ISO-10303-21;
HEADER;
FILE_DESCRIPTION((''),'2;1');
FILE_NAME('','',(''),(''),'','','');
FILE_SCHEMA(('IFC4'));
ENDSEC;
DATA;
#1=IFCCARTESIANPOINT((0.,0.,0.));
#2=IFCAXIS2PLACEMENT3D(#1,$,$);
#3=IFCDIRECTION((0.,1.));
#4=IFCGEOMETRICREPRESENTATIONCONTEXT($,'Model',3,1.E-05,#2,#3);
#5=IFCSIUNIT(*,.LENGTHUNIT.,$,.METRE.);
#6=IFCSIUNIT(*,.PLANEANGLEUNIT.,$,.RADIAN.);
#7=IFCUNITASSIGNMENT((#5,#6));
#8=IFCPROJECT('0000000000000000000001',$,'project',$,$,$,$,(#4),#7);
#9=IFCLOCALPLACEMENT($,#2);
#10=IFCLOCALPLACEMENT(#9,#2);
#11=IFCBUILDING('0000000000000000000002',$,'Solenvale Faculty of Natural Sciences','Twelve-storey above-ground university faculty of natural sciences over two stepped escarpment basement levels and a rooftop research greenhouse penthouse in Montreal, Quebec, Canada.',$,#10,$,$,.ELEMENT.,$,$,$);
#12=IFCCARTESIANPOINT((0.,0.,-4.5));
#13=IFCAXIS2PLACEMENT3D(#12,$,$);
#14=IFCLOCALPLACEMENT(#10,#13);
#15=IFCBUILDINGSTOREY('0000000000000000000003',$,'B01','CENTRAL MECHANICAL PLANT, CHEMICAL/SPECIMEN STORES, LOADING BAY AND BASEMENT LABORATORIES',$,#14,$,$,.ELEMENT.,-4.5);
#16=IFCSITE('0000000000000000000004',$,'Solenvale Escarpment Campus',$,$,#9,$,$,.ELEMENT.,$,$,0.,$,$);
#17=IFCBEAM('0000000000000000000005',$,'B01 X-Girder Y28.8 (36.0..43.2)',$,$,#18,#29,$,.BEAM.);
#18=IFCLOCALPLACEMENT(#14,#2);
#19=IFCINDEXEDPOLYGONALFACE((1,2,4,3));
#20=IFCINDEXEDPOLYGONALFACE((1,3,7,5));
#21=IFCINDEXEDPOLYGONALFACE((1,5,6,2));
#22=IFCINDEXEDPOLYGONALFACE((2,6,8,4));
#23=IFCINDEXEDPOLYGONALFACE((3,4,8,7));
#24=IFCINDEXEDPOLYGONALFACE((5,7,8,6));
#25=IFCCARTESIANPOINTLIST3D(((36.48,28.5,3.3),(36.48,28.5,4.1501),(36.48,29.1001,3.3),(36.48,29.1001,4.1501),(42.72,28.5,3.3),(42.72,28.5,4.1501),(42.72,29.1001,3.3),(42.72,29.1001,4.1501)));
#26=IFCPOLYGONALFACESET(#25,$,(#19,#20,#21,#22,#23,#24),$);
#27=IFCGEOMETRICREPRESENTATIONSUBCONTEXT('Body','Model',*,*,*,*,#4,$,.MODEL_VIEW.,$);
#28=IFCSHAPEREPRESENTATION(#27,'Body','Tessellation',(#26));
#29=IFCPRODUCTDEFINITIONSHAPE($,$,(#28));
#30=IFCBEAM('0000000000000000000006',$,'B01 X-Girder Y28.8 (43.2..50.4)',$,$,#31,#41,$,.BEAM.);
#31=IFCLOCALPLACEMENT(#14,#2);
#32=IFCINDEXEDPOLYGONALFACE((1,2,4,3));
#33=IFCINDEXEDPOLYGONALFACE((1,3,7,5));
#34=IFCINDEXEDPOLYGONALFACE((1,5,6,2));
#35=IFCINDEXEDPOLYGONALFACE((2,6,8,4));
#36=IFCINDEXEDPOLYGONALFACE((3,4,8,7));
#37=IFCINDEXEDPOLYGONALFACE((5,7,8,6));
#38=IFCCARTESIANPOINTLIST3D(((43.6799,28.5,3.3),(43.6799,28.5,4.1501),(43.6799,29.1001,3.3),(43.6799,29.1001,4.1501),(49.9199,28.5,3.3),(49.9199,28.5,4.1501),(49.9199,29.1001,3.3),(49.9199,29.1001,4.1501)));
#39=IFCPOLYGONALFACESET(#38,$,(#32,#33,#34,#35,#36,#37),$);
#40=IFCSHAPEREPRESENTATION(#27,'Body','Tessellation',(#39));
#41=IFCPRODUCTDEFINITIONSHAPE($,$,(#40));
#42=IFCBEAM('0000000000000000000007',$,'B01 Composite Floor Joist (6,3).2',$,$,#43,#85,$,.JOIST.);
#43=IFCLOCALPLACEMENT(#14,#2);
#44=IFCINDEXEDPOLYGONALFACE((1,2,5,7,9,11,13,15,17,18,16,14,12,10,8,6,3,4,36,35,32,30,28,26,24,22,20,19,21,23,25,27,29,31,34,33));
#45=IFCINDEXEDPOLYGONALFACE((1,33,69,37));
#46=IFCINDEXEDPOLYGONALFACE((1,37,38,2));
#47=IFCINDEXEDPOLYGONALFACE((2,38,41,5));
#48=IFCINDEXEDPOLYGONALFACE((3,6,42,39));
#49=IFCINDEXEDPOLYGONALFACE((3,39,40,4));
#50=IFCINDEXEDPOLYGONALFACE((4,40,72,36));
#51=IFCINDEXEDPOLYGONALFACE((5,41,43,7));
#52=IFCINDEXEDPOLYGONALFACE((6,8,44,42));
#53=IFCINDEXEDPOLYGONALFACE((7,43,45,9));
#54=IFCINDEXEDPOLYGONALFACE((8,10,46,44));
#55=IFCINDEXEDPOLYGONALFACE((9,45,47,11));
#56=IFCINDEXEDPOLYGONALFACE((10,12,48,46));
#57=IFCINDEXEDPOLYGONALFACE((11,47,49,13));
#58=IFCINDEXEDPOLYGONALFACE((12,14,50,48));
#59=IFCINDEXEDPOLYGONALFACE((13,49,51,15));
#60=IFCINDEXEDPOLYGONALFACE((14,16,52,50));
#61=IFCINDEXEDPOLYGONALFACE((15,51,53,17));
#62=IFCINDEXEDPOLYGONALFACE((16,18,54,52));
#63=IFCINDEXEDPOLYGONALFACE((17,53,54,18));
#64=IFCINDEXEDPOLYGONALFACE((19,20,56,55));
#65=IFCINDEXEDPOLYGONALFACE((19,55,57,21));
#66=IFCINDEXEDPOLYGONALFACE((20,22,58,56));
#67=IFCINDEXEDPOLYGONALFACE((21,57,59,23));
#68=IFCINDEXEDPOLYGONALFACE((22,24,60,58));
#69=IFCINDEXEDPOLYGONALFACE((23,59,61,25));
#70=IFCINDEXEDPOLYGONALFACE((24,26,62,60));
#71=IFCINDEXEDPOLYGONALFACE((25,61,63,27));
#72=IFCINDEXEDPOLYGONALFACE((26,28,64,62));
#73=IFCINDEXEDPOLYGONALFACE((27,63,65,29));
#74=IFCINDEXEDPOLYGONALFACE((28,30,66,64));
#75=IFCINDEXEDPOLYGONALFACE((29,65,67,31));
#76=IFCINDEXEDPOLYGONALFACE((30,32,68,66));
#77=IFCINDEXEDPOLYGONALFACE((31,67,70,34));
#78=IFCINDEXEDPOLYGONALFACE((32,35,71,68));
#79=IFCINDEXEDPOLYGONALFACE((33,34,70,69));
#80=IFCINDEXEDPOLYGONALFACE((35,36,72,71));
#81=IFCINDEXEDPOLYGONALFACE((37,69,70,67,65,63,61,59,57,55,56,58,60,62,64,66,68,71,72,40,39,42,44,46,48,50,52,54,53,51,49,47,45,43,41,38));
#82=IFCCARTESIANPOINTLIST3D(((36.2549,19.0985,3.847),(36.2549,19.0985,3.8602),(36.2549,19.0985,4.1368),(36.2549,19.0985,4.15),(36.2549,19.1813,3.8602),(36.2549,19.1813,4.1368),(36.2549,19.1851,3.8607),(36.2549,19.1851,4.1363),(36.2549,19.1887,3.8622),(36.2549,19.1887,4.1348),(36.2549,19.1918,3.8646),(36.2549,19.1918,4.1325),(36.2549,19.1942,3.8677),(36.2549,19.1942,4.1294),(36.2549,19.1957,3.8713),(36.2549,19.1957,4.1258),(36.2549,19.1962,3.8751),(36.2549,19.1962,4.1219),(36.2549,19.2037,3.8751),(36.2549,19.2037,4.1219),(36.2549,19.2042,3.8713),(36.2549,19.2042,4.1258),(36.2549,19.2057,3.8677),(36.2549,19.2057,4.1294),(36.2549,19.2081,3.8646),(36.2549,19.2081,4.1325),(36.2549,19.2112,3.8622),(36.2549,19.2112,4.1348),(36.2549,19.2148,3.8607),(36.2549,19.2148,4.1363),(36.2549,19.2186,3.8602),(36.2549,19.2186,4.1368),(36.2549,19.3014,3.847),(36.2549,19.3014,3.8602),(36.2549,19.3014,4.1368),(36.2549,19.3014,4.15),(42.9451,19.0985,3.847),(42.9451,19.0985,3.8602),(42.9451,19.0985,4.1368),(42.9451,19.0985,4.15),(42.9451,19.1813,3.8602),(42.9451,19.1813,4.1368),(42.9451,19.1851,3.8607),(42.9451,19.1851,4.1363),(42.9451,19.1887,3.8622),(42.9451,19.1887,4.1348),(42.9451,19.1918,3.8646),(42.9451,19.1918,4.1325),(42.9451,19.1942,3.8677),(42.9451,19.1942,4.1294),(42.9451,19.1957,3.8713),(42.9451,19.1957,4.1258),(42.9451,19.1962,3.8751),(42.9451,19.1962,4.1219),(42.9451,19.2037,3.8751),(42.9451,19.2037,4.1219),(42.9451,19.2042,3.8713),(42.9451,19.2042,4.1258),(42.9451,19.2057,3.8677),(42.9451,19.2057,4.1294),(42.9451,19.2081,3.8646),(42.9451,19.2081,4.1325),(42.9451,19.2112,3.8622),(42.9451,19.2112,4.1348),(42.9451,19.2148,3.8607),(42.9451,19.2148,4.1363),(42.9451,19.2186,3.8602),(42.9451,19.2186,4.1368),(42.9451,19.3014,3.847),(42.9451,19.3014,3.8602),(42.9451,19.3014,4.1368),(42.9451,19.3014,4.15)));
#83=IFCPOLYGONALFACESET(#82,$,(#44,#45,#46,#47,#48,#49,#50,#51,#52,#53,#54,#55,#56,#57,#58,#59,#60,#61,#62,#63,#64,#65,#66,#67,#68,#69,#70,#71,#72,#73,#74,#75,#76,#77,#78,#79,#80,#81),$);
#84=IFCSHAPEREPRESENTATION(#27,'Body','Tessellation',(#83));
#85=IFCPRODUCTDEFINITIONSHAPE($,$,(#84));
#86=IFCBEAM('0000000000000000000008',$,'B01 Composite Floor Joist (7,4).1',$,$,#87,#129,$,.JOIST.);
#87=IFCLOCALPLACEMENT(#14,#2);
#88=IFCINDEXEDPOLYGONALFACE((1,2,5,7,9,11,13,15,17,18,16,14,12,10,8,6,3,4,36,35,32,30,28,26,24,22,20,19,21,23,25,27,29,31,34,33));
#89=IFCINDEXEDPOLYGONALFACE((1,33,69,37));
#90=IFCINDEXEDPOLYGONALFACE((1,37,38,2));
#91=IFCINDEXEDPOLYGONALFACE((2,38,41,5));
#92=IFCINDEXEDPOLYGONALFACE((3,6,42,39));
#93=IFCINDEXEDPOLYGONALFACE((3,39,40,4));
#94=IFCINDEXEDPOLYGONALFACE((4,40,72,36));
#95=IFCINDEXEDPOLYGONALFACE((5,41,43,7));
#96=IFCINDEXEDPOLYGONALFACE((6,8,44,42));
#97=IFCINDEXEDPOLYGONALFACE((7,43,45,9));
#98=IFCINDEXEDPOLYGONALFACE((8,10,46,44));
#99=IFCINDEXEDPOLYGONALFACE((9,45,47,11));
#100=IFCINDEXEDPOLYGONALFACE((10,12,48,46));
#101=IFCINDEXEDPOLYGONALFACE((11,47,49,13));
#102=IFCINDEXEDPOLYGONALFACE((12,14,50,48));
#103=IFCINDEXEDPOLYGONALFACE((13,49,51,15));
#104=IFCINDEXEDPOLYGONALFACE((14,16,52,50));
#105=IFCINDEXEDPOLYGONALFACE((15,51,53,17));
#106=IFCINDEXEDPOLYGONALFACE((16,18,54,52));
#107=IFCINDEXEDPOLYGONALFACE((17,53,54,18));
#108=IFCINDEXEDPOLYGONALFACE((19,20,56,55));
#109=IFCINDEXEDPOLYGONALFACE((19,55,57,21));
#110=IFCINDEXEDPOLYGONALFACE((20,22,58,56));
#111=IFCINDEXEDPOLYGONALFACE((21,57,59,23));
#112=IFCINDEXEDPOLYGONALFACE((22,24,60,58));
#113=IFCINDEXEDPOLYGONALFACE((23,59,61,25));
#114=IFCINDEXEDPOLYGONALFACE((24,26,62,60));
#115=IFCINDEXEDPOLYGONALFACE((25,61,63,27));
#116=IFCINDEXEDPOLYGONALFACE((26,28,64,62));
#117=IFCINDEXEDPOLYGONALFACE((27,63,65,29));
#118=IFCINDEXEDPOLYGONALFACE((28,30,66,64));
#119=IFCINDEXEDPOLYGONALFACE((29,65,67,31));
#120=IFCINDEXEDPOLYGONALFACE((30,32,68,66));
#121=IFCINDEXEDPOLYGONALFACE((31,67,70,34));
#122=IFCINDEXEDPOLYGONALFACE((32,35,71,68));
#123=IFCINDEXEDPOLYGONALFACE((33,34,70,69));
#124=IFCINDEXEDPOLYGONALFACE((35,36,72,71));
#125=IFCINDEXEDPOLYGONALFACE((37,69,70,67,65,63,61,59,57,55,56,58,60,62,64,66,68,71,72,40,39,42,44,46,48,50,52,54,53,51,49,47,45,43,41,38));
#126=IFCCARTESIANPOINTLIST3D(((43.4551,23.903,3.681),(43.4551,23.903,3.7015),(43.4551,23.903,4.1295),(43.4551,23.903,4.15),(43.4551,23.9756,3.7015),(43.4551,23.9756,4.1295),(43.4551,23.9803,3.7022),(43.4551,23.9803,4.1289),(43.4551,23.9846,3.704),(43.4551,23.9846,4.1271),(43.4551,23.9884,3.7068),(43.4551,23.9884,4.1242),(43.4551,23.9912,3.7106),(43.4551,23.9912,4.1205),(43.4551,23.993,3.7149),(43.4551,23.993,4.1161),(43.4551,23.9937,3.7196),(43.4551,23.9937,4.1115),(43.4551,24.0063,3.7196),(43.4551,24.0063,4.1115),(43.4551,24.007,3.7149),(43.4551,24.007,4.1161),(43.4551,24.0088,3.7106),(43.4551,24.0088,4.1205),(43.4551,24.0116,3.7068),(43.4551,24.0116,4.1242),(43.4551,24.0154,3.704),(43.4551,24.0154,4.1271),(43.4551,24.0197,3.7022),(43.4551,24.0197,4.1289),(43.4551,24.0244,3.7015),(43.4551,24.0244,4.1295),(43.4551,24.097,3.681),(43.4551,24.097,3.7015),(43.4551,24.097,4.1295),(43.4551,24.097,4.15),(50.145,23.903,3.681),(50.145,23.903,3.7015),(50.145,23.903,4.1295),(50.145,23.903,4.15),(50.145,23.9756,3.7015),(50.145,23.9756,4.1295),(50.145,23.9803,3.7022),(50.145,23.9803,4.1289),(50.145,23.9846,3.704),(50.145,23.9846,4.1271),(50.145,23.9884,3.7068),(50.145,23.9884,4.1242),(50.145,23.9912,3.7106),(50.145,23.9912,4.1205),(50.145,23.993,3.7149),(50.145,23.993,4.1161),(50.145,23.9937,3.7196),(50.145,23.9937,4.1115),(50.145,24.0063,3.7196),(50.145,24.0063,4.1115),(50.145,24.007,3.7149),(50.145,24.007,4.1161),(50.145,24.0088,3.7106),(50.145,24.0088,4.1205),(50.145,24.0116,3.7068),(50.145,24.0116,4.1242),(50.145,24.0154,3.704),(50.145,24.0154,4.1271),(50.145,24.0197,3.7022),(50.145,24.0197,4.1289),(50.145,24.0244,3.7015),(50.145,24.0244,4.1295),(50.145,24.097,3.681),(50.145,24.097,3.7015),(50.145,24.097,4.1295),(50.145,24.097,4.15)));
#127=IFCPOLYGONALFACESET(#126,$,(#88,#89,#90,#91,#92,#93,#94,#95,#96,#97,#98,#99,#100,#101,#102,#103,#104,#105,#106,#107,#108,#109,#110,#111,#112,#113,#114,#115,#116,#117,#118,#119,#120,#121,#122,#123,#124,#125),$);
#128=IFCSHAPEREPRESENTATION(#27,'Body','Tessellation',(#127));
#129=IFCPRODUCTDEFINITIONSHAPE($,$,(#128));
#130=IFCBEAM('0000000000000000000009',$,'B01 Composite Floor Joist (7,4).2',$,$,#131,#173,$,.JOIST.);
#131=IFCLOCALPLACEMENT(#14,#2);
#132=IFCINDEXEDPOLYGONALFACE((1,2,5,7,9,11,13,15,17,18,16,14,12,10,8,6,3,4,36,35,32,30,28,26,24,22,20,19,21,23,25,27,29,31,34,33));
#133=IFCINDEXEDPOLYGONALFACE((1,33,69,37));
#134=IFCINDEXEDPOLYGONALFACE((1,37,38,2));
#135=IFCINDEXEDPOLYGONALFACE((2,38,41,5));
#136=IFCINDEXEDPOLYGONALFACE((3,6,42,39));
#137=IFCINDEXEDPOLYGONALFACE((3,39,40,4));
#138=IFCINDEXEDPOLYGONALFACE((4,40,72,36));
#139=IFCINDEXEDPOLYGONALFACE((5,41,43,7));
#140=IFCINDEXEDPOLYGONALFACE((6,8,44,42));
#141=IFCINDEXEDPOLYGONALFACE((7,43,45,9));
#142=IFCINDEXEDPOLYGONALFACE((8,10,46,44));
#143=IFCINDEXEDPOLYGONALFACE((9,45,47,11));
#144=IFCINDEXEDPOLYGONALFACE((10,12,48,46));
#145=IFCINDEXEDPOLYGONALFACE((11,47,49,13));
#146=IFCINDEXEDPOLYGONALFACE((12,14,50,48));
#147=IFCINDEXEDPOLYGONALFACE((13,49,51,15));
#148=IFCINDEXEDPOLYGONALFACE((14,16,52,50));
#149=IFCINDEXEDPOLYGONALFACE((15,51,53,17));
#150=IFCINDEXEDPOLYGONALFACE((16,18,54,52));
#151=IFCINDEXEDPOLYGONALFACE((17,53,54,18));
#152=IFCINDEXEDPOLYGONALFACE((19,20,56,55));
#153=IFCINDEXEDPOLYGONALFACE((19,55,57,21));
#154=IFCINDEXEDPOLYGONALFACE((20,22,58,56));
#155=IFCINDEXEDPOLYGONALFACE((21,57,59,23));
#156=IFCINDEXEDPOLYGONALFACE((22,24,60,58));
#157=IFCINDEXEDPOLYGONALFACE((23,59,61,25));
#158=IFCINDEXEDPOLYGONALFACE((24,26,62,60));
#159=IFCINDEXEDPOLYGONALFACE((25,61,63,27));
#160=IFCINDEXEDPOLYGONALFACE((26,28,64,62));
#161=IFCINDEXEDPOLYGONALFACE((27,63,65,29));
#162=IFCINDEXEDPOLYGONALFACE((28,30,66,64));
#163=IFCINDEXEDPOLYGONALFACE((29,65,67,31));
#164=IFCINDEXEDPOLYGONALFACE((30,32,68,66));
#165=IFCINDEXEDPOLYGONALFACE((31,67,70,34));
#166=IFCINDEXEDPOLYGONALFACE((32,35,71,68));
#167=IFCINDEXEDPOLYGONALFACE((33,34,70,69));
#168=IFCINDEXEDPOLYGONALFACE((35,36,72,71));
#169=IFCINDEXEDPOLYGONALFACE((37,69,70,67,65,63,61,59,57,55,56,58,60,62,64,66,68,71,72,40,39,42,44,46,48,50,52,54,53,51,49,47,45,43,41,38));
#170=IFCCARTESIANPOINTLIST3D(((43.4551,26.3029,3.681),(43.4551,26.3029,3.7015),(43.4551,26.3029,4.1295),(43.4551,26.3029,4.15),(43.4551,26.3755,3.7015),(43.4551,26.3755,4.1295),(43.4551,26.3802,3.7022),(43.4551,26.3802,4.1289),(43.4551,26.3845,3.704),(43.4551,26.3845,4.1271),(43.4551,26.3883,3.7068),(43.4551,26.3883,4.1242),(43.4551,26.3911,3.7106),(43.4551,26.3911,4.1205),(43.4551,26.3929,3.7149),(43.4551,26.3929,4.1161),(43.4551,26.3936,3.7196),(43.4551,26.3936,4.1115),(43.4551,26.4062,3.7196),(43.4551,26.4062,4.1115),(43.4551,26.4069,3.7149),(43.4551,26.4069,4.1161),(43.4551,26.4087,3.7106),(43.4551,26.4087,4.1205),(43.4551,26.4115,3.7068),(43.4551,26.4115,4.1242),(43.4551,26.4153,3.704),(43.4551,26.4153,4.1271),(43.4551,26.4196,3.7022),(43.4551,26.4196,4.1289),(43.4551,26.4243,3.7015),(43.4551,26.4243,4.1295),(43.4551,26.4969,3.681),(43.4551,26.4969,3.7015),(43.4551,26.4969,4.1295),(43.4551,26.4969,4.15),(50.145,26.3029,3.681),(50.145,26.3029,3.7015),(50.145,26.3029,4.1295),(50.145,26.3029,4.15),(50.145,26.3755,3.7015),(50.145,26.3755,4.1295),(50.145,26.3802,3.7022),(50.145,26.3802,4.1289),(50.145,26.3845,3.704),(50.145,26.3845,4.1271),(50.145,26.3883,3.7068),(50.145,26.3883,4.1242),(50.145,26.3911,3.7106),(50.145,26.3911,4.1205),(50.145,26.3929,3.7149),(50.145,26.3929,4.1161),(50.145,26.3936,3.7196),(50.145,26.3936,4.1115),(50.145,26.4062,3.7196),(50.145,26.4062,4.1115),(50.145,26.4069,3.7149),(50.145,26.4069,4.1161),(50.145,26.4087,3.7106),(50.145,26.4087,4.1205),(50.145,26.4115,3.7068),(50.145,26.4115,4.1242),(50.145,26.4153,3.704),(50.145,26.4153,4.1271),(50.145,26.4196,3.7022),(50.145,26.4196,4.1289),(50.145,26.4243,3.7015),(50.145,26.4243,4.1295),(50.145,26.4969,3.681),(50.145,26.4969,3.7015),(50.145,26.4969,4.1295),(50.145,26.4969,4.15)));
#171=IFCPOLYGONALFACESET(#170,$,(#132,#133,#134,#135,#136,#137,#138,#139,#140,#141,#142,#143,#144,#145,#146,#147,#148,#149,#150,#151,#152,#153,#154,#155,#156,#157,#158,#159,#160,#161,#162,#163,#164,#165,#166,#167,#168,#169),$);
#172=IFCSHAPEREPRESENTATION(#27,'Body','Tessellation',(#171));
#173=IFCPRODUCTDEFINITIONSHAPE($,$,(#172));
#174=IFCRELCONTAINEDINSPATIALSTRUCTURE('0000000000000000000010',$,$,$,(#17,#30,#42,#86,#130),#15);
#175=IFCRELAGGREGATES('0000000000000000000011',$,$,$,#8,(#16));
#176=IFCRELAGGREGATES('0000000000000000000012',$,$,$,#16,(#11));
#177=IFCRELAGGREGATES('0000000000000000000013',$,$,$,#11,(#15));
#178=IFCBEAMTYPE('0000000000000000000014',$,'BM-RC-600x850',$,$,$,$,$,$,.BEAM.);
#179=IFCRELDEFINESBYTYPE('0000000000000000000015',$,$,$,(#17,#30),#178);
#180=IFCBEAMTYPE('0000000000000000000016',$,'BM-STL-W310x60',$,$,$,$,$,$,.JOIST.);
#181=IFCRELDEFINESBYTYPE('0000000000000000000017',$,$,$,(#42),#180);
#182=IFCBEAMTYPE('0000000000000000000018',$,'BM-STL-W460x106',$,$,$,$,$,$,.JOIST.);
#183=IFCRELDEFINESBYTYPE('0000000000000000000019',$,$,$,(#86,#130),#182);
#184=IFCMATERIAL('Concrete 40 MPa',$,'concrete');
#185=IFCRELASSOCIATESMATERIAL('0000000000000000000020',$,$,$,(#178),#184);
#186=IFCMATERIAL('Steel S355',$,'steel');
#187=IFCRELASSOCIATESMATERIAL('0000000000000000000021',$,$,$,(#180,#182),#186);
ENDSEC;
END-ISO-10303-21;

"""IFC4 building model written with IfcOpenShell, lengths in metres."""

from ifc_helpers import new_model, si_unit, direction, frame, origin, origin_2d, place, context, subcontext, project, spatial, rectangle, i_section, extrude, material, material_profile, profile_set, type_object, element, save


model = new_model("IFC4")

# Units and contexts
model_context = context("Model", 3, precision=1e-05, world=origin(), true_north=direction((0.0, 1.0)))
body_context = subcontext(model_context, "Body", "Model", "MODEL_VIEW")
ifc_project = project(units=[si_unit("LENGTHUNIT", "METRE"), si_unit("PLANEANGLEUNIT", "RADIAN")], contexts=[model_context])

# Site, building, storey
site_placement = place(None, origin())
site = spatial("IfcSite", under=ifc_project, at=site_placement, Name="Solenvale Escarpment Campus", CompositionType="ELEMENT", RefElevation=0.0)
building_placement = place(site_placement, origin())
building = spatial("IfcBuilding", under=site, at=building_placement, Name="Solenvale Faculty of Natural Sciences", Description="Twelve-storey above-ground university faculty of natural sciences over two stepped escarpment basement levels and a rooftop research greenhouse penthouse in Montreal, Quebec, Canada.", CompositionType="ELEMENT")
storey_placement = place(building_placement, frame((0.0, 0.0, -4.5)))
storey = spatial("IfcBuildingStorey", under=building, at=storey_placement, Name="B01", Description="CENTRAL MECHANICAL PLANT, CHEMICAL/SPECIMEN STORES, LOADING BAY AND BASEMENT LABORATORIES", CompositionType="ELEMENT", Elevation=-4.5)

# Shared definitions
ifc_material_1 = material(Name="Concrete 40 MPa", Category="concrete")

# Beams
ifc_material_profile_1 = material_profile(ifc_material_1, rectangle(XDim=0.6001, YDim=0.8501, at=origin_2d()), Name="RC-BM-600x850")
ifc_profile_set_1 = profile_set([ifc_material_profile_1], Name="Concrete 40 MPa")
beam_type_1 = type_object("IfcBeamType", Name="BM-RC-600x850", PredefinedType="BEAM", material=ifc_profile_set_1)
for number, where, z_axis, x_axis, name in (
    (1, (36.48, 28.8, 3.7251), (1.0, 0.0, 0.0), (0.0, 1.0, 0.0), "B01 X-Girder Y28.8 (36.0..43.2)"),
    (2, (43.6799, 28.8, 3.7251), (1.0, 0.0, 0.0), (0.0, 1.0, 0.0), "B01 X-Girder Y28.8 (43.2..50.4)"),
):
    element("IfcBeam", number, at=place(storey_placement, frame(where, z_axis=z_axis, x_axis=x_axis)), inside=storey, type_object=beam_type_1, Name=name, PredefinedType="BEAM", context=body_context, shape_type="SweptSolid", body=[
        extrude(rectangle(XDim=0.6001, YDim=0.8501, at=origin_2d()), origin(), (0.0, 0.0, 1.0), 6.24),
    ])
ifc_material_2 = material(Name="Steel S355", Category="steel")
ifc_material_profile_2 = material_profile(ifc_material_2, i_section(OverallWidth=0.2029, OverallDepth=0.303, WebThickness=0.0076, FlangeThickness=0.0132, FilletRadius=0.0149, at=origin_2d()), Name="W310x60")
ifc_profile_set_2 = profile_set([ifc_material_profile_2], Name="Steel S355")
beam_type_2 = type_object("IfcBeamType", Name="BM-STL-W310x60", PredefinedType="JOIST", material=ifc_profile_set_2)
beam_1_placement = place(storey_placement, frame((36.2549, 19.2, 3.9985), z_axis=(1.0, 0.0, 0.0), x_axis=(0.0, 1.0, 0.0)))
element("IfcBeam", 3, at=beam_1_placement, inside=storey, type_object=beam_type_2, Name="B01 Composite Floor Joist (6,3).2", PredefinedType="JOIST", context=body_context, shape_type="SweptSolid", body=[
    extrude(i_section(OverallWidth=0.2029, OverallDepth=0.303, WebThickness=0.0076, FlangeThickness=0.0132, FilletRadius=0.0149, at=origin_2d()), origin(), (0.0, 0.0, 1.0), 6.6902),
])
ifc_material_profile_3 = material_profile(ifc_material_2, i_section(OverallWidth=0.1941, OverallDepth=0.469, WebThickness=0.0127, FlangeThickness=0.0205, FilletRadius=0.0181, at=origin_2d()), Name="W460x106")
ifc_profile_set_3 = profile_set([ifc_material_profile_3], Name="Steel S355")
beam_type_3 = type_object("IfcBeamType", Name="BM-STL-W460x106", PredefinedType="JOIST", material=ifc_profile_set_3)
for number, where, z_axis, x_axis, name in (
    (4, (43.4551, 24.0, 3.9155), (1.0, 0.0, 0.0), (0.0, 1.0, 0.0), "B01 Composite Floor Joist (7,4).1"),
    (5, (43.4551, 26.3999, 3.9155), (1.0, 0.0, 0.0), (0.0, 1.0, 0.0), "B01 Composite Floor Joist (7,4).2"),
):
    element("IfcBeam", number, at=place(storey_placement, frame(where, z_axis=z_axis, x_axis=x_axis)), inside=storey, type_object=beam_type_3, Name=name, PredefinedType="JOIST", context=body_context, shape_type="SweptSolid", body=[
        extrude(i_section(OverallWidth=0.1941, OverallDepth=0.469, WebThickness=0.0127, FlangeThickness=0.0205, FilletRadius=0.0181, at=origin_2d()), origin(), (0.0, 0.0, 1.0), 6.6899),
    ])

save(model, "model.ifc")
